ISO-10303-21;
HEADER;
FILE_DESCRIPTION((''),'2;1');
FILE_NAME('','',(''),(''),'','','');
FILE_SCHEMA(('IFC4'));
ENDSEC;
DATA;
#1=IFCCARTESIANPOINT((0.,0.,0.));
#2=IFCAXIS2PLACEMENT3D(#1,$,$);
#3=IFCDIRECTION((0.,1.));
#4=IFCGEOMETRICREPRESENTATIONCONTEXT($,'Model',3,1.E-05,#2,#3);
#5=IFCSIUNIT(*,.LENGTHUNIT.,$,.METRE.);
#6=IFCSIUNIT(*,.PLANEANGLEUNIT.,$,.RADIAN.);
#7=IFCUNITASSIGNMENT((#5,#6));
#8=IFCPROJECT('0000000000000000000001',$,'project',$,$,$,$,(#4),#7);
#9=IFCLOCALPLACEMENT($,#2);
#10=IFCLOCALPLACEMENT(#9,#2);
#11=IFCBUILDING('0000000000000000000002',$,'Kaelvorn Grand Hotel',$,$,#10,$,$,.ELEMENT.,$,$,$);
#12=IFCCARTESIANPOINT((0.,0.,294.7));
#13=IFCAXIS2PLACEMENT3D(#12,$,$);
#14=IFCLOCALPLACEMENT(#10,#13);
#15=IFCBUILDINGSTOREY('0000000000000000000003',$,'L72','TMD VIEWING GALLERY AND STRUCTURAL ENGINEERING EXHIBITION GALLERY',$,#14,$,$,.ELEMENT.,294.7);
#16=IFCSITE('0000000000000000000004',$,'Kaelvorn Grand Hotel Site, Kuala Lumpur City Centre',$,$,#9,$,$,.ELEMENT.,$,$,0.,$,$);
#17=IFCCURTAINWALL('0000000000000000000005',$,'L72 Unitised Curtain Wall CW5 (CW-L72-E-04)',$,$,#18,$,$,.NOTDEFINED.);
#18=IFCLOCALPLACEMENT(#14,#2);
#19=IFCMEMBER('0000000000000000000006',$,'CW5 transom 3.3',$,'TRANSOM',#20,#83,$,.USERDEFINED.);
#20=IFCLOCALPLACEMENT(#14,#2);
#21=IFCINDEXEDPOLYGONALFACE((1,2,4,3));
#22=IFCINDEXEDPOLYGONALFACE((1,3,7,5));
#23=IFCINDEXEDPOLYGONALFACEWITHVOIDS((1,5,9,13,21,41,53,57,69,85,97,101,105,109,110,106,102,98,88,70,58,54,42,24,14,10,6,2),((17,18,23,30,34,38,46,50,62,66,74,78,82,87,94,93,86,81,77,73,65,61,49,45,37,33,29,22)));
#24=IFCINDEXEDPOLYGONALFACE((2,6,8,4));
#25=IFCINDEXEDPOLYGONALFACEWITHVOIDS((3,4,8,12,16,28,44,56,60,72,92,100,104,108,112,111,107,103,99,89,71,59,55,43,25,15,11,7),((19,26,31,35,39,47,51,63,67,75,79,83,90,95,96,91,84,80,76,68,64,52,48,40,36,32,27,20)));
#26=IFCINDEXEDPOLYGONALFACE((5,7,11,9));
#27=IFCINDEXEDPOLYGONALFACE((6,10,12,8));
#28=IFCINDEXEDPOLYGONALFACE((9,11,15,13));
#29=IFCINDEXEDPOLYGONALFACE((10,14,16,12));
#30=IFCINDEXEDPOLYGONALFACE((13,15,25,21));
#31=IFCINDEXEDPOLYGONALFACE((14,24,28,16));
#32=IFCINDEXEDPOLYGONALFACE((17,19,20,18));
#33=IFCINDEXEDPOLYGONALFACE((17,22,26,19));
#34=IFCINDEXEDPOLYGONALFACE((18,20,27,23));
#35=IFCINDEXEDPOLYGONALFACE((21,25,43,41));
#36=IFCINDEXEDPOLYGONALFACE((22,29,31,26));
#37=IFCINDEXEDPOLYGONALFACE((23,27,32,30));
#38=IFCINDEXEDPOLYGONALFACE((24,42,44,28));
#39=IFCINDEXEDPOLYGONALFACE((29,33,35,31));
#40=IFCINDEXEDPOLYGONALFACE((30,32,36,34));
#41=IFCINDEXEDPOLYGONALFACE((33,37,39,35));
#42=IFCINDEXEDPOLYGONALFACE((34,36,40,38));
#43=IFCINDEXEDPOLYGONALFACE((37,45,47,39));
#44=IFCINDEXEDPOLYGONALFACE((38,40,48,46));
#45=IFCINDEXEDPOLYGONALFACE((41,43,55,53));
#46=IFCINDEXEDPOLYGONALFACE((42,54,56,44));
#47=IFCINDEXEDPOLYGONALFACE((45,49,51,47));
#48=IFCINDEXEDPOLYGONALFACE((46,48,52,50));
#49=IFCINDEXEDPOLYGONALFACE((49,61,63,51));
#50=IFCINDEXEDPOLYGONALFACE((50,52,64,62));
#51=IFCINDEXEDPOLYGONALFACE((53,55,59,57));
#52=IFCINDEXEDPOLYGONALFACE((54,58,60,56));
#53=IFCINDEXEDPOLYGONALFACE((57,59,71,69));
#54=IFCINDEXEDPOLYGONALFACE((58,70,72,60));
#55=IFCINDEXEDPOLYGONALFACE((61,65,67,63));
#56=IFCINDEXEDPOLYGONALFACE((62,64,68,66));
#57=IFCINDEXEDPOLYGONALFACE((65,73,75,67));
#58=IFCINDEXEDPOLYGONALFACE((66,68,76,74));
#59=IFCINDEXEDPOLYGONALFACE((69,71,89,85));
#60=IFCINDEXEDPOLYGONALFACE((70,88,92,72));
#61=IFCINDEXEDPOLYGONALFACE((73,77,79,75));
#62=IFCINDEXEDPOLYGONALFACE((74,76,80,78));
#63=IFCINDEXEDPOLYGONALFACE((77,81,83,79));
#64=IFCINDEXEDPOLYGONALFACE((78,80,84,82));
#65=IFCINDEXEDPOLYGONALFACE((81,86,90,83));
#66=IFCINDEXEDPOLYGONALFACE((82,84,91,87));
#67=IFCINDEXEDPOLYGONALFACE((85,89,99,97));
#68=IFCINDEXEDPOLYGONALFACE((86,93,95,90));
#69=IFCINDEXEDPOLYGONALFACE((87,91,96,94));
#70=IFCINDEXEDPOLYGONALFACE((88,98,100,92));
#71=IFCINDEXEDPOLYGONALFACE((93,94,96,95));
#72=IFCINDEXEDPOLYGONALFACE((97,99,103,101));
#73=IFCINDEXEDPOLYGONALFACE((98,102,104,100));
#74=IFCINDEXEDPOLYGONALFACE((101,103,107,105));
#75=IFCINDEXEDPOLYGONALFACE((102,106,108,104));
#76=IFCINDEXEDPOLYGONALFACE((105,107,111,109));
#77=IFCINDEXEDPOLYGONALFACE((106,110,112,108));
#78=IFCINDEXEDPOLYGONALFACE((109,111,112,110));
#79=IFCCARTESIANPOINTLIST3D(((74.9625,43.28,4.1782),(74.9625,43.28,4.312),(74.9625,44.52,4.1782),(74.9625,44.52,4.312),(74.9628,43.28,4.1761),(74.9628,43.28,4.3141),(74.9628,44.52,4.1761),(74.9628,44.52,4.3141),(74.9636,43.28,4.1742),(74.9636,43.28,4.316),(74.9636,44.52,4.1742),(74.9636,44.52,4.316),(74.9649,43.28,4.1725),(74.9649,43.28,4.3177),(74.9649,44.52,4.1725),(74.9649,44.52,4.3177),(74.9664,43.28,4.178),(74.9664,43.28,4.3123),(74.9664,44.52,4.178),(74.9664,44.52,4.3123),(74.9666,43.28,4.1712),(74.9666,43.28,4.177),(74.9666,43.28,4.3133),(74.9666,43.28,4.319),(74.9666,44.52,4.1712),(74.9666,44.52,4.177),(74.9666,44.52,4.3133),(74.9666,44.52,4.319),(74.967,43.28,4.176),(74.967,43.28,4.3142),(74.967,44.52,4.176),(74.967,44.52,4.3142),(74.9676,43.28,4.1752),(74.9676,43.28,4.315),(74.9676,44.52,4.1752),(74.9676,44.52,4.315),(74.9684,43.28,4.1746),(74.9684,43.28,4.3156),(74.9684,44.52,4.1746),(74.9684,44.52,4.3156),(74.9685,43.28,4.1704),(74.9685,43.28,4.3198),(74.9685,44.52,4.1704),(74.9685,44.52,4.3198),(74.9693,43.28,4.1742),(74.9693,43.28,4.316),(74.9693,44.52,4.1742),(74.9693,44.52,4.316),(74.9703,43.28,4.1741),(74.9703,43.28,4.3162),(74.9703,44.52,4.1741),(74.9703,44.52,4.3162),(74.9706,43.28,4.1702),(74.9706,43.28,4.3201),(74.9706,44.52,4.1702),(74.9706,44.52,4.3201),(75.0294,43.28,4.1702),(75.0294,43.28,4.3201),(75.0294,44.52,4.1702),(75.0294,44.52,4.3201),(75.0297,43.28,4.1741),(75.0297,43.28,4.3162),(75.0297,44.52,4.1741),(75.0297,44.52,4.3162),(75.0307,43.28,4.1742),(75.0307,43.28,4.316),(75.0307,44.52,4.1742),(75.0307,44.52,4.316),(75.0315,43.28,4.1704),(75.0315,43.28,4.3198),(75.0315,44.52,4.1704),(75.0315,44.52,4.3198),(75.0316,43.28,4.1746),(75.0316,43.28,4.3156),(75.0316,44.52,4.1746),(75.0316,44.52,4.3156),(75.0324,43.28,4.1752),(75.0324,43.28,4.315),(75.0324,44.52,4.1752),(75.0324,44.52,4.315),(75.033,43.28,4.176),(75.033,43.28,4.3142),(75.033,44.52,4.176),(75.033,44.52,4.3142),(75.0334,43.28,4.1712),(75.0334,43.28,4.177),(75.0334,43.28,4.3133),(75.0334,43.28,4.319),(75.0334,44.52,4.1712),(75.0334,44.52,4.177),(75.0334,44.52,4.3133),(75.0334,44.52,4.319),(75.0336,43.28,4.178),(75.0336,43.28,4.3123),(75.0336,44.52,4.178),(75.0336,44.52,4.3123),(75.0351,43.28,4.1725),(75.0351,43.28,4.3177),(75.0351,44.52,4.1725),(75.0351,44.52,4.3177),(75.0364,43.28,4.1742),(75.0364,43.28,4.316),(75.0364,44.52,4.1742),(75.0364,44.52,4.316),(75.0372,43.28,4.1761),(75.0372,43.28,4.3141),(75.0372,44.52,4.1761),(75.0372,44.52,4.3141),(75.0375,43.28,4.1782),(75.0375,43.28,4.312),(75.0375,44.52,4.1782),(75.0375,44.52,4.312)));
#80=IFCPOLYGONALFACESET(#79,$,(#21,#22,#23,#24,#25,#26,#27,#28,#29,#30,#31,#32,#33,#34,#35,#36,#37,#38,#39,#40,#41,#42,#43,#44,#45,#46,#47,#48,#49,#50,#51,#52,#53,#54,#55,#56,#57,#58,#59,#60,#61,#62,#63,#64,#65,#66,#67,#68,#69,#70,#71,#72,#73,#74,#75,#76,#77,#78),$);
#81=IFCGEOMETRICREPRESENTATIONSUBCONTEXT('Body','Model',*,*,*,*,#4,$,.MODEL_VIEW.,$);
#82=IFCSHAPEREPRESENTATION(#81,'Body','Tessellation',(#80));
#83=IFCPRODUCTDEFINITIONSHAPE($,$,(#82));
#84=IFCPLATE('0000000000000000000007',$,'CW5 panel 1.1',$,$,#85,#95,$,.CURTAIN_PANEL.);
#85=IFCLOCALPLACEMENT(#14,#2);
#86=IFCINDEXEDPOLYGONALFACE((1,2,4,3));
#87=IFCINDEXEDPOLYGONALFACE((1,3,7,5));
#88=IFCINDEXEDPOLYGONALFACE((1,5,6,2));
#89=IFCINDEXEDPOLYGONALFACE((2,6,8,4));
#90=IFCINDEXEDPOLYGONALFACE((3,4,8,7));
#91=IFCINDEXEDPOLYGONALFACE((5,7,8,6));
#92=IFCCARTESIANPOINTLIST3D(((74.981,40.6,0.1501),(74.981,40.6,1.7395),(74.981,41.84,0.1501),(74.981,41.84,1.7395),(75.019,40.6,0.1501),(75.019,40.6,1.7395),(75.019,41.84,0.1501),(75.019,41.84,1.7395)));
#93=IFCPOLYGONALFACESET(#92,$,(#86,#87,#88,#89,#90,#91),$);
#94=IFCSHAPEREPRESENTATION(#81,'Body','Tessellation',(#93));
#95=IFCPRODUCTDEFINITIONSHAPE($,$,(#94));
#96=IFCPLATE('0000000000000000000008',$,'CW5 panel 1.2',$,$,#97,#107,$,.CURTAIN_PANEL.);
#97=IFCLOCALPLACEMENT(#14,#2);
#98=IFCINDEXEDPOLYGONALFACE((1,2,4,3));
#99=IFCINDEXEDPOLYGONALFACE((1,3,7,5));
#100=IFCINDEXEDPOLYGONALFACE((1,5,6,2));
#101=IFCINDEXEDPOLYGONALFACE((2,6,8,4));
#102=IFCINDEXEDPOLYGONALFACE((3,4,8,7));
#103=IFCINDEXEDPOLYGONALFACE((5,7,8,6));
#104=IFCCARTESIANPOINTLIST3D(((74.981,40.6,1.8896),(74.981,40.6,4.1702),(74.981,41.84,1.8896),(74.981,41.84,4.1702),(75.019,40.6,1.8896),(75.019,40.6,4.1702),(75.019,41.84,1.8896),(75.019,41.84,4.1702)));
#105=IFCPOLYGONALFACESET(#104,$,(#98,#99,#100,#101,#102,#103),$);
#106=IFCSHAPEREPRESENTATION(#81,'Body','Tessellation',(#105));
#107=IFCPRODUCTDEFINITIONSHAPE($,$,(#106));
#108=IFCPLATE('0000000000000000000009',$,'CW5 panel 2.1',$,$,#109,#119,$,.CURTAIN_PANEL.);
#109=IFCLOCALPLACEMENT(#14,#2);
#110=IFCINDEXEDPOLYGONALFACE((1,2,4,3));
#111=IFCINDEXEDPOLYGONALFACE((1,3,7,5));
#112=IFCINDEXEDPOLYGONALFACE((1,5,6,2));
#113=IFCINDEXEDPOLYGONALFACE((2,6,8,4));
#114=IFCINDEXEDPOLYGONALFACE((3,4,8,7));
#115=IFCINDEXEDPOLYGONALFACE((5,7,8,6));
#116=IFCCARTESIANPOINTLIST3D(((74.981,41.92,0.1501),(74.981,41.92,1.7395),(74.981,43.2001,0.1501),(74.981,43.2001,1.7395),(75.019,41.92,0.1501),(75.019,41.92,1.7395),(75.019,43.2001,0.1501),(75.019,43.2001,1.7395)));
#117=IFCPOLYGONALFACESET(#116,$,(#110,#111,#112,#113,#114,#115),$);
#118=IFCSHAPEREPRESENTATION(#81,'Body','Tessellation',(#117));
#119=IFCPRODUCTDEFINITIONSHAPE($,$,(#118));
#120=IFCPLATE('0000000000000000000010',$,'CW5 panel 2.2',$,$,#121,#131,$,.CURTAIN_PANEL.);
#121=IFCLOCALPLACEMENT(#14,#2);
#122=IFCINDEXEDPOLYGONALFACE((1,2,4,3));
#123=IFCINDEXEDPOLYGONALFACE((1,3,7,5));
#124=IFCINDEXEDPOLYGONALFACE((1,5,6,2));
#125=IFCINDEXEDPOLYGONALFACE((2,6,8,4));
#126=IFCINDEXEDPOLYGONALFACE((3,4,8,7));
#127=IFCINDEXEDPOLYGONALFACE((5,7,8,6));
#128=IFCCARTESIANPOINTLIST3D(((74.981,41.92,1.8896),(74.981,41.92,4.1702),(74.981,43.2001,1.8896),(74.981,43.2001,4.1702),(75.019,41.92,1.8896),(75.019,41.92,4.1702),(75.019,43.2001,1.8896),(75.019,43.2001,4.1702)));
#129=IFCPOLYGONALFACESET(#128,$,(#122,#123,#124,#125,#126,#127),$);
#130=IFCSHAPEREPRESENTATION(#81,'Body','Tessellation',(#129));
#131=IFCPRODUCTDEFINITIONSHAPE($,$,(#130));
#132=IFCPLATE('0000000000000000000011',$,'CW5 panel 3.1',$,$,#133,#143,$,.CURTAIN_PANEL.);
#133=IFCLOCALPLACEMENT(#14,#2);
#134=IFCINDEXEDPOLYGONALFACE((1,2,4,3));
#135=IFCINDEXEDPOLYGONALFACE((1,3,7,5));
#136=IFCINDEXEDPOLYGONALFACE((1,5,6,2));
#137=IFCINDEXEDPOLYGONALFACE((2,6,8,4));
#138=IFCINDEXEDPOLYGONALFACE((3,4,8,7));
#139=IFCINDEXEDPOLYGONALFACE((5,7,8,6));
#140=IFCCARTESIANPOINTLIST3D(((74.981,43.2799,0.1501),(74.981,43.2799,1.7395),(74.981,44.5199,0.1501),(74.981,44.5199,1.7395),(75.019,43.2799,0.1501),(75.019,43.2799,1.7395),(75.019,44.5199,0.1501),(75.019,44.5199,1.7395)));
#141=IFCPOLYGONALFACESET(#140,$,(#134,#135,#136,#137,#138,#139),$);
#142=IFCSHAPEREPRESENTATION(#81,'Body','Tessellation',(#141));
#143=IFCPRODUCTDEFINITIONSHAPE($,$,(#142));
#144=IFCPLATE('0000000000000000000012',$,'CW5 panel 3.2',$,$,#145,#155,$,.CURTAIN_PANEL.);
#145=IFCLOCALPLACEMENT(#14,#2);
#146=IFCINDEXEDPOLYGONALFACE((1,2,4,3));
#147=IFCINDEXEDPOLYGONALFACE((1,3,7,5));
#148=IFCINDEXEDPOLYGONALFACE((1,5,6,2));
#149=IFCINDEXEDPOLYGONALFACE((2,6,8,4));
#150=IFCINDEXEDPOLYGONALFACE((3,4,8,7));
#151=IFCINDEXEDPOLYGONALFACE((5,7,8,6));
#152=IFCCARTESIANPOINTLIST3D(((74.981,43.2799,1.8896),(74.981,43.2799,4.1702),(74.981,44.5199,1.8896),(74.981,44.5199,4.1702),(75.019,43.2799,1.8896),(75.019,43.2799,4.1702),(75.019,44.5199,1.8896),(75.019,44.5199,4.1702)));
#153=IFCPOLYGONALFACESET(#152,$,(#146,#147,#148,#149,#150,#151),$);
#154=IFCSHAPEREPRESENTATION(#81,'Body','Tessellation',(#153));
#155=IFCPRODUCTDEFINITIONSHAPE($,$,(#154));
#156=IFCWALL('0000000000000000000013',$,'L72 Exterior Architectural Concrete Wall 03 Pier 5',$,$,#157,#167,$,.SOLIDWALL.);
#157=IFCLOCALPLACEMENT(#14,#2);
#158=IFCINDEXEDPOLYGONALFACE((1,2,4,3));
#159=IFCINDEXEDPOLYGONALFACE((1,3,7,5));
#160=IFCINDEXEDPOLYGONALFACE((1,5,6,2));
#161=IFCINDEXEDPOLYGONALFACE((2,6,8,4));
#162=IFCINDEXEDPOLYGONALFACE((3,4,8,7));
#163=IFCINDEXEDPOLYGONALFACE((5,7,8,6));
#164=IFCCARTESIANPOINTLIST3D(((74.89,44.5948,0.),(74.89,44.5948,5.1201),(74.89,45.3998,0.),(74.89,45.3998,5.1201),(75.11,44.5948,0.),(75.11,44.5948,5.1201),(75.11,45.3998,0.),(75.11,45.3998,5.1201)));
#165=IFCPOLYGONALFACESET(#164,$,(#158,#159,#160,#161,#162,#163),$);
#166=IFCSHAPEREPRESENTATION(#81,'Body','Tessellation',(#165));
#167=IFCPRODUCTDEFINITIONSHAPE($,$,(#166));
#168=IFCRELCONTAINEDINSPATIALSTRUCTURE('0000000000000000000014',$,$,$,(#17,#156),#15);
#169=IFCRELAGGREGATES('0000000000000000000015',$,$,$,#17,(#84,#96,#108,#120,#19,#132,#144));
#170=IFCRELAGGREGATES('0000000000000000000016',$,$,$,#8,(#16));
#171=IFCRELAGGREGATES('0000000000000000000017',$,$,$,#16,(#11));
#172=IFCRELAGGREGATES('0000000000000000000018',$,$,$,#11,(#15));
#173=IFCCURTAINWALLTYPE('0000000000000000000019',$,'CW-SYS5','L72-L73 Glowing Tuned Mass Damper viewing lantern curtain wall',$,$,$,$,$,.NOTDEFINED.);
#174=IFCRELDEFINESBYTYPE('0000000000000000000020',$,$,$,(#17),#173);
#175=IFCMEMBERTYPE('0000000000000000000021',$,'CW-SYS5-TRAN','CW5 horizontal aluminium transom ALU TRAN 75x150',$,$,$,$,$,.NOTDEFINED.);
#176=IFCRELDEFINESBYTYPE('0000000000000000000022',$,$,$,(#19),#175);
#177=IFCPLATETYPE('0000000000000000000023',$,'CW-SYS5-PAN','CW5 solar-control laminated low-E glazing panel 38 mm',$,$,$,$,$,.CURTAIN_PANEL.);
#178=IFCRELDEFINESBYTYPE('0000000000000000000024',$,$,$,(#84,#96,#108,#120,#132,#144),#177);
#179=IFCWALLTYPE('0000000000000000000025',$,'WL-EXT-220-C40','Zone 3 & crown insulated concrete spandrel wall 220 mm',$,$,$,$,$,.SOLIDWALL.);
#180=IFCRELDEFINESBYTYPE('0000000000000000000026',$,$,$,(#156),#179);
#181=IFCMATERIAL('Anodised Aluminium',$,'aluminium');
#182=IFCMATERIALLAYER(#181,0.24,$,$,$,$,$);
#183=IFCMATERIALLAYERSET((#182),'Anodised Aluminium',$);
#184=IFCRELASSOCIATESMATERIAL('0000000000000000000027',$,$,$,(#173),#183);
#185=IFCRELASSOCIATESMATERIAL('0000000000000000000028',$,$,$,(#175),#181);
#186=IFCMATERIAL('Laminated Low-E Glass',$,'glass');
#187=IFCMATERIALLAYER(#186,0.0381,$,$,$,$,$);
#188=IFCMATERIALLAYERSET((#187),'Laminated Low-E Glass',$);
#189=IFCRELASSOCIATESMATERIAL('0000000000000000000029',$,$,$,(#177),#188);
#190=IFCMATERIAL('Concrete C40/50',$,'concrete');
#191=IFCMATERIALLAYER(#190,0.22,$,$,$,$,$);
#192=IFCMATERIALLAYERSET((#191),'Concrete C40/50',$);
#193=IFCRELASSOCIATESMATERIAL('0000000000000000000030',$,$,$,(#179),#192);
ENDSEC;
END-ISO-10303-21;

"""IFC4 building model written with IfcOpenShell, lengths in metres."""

from ifc_helpers import new_model, si_unit, direction, frame, frame_2d, origin, origin_2d, place, context, subcontext, project, spatial, rectangle, hollow_rectangle, extrude, material, layer, layer_set, material_profile, profile_set, type_object, element, aggregate, save


model = new_model("IFC4")

# Units and contexts
model_context = context("Model", 3, precision=1e-05, world=origin(), true_north=direction((0.0, 1.0)))
body_context = subcontext(model_context, "Body", "Model", "MODEL_VIEW")
ifc_project = project(units=[si_unit("LENGTHUNIT", "METRE"), si_unit("PLANEANGLEUNIT", "RADIAN")], contexts=[model_context])

# Site, building, storey
site_placement = place(None, origin())
site = spatial("IfcSite", under=ifc_project, at=site_placement, Name="Kaelvorn Grand Hotel Site, Kuala Lumpur City Centre", CompositionType="ELEMENT", RefElevation=0.0)
building_placement = place(site_placement, origin())
building = spatial("IfcBuilding", under=site, at=building_placement, Name="Kaelvorn Grand Hotel", CompositionType="ELEMENT")
storey_placement = place(building_placement, frame((0.0, 0.0, 294.7)))
storey = spatial("IfcBuildingStorey", under=building, at=storey_placement, Name="L72", Description="TMD VIEWING GALLERY AND STRUCTURAL ENGINEERING EXHIBITION GALLERY", CompositionType="ELEMENT", Elevation=294.7)

# Curtain wall, member, plates
ifc_material_1 = material(Name="Anodised Aluminium", Category="aluminium")
ifc_layer_1 = layer(ifc_material_1, 0.24)
ifc_layer_set_1 = layer_set([ifc_layer_1], Name="Anodised Aluminium")
curtain_wall_type = type_object("IfcCurtainWallType", Name="CW-SYS5", Description="L72-L73 Glowing Tuned Mass Damper viewing lantern curtain wall", PredefinedType="NOTDEFINED", material=ifc_layer_set_1)
curtain_wall_placement = place(storey_placement, origin())
curtain_wall = element("IfcCurtainWall", 1, at=curtain_wall_placement, inside=storey, type_object=curtain_wall_type, Name="L72 Unitised Curtain Wall CW5 (CW-L72-E-04)", PredefinedType="NOTDEFINED")
ifc_material_profile_1 = material_profile(ifc_material_1, hollow_rectangle(XDim=0.075, YDim=0.1499, WallThickness=0.0039, InnerFilletRadius=0.0039, OuterFilletRadius=0.0081, at=origin_2d()), Name="ALU TRAN 75x150")
ifc_profile_set_1 = profile_set([ifc_material_profile_1], Name="Anodised Aluminium")
member_type_1 = type_object("IfcMemberType", Name="CW-SYS5-TRAN", Description="CW5 horizontal aluminium transom ALU TRAN 75x150", PredefinedType="NOTDEFINED", material=ifc_profile_set_1)
member_1_placement = place(storey_placement, frame((75.0, 43.28, 4.2451), z_axis=(0.0, 1.0, 0.0), x_axis=(-1.0, 0.0, 0.0)))
member_1 = element("IfcMember", 2, at=member_1_placement, type_object=member_type_1, Name="CW5 transom 3.3", ObjectType="TRANSOM", PredefinedType="USERDEFINED", context=body_context, shape_type="SweptSolid", body=[
    extrude(hollow_rectangle(XDim=0.075, YDim=0.1499, WallThickness=0.0039, InnerFilletRadius=0.0039, OuterFilletRadius=0.0081, at=origin_2d()), origin(), (0.0, 0.0, 1.0), 1.24),
])
ifc_material_2 = material(Name="Laminated Low-E Glass", Category="glass")
ifc_layer_2 = layer(ifc_material_2, 0.0381)
ifc_layer_set_2 = layer_set([ifc_layer_2], Name="Laminated Low-E Glass")
plate_type = type_object("IfcPlateType", Name="CW-SYS5-PAN", Description="CW5 solar-control laminated low-E glazing panel 38 mm", PredefinedType="CURTAIN_PANEL", material=ifc_layer_set_2)
plate_1_placement = place(storey_placement, frame((75.0, 41.22, 0.1501), z_axis=(0.0, 0.0, 1.0), x_axis=(0.0, 1.0, 0.0)))
plate_1 = element("IfcPlate", 3, at=plate_1_placement, type_object=plate_type, Name="CW5 panel 1.1", PredefinedType="CURTAIN_PANEL", context=body_context, shape_type="SweptSolid", body=[
    extrude(rectangle(XDim=1.24, YDim=0.0381, at=origin_2d()), origin(), (0.0, 0.0, 1.0), 1.5894),
])
plate_2_placement = place(storey_placement, frame((75.0, 41.22, 1.8896), z_axis=(0.0, 0.0, 1.0), x_axis=(0.0, 1.0, 0.0)))
plate_2 = element("IfcPlate", 4, at=plate_2_placement, type_object=plate_type, Name="CW5 panel 1.2", PredefinedType="CURTAIN_PANEL", context=body_context, shape_type="SweptSolid", body=[
    extrude(rectangle(XDim=1.24, YDim=0.0381, at=origin_2d()), origin(), (0.0, 0.0, 1.0), 2.2805),
])
plate_3_placement = place(storey_placement, frame((75.0, 42.5601, 0.1501), z_axis=(0.0, 0.0, 1.0), x_axis=(0.0, 1.0, 0.0)))
plate_3 = element("IfcPlate", 5, at=plate_3_placement, type_object=plate_type, Name="CW5 panel 2.1", PredefinedType="CURTAIN_PANEL", context=body_context, shape_type="SweptSolid", body=[
    extrude(rectangle(XDim=1.28, YDim=0.0381, at=origin_2d()), origin(), (0.0, 0.0, 1.0), 1.5894),
])
plate_4_placement = place(storey_placement, frame((75.0, 42.5601, 1.8896), z_axis=(0.0, 0.0, 1.0), x_axis=(0.0, 1.0, 0.0)))
plate_4 = element("IfcPlate", 6, at=plate_4_placement, type_object=plate_type, Name="CW5 panel 2.2", PredefinedType="CURTAIN_PANEL", context=body_context, shape_type="SweptSolid", body=[
    extrude(rectangle(XDim=1.28, YDim=0.0381, at=origin_2d()), origin(), (0.0, 0.0, 1.0), 2.2805),
])
plate_5_placement = place(storey_placement, frame((75.0, 43.8999, 0.1501), z_axis=(0.0, 0.0, 1.0), x_axis=(0.0, 1.0, 0.0)))
plate_5 = element("IfcPlate", 7, at=plate_5_placement, type_object=plate_type, Name="CW5 panel 3.1", PredefinedType="CURTAIN_PANEL", context=body_context, shape_type="SweptSolid", body=[
    extrude(rectangle(XDim=1.24, YDim=0.0381, at=origin_2d()), origin(), (0.0, 0.0, 1.0), 1.5894),
])
plate_6_placement = place(storey_placement, frame((75.0, 43.8999, 1.8896), z_axis=(0.0, 0.0, 1.0), x_axis=(0.0, 1.0, 0.0)))
plate_6 = element("IfcPlate", 8, at=plate_6_placement, type_object=plate_type, Name="CW5 panel 3.2", PredefinedType="CURTAIN_PANEL", context=body_context, shape_type="SweptSolid", body=[
    extrude(rectangle(XDim=1.24, YDim=0.0381, at=origin_2d()), origin(), (0.0, 0.0, 1.0), 2.2805),
])
aggregate(curtain_wall, [plate_1, plate_2, plate_3, plate_4, member_1, plate_5, plate_6])

# Wall
ifc_material_3 = material(Name="Concrete C40/50", Category="concrete")
ifc_layer_3 = layer(ifc_material_3, 0.22)
ifc_layer_set_3 = layer_set([ifc_layer_3], Name="Concrete C40/50")
wall_type = type_object("IfcWallType", Name="WL-EXT-220-C40", Description="Zone 3 & crown insulated concrete spandrel wall 220 mm", PredefinedType="SOLIDWALL", material=ifc_layer_set_3)
wall_1_placement = place(storey_placement, frame((75.0, 44.595, 0.0), z_axis=(0.0, 0.0, 1.0), x_axis=(0.0, 1.0, 0.0)))
element("IfcWall", 9, at=wall_1_placement, inside=storey, type_object=wall_type, Name="L72 Exterior Architectural Concrete Wall 03 Pier 5", PredefinedType="SOLIDWALL", context=body_context, shape_type="SweptSolid", body=[
    extrude(rectangle(XDim=0.8049, YDim=0.22, at=frame_2d((0.4023, 0.0))), origin(), (0.0, 0.0, 1.0), 5.1201),
])

save(model, "model.ifc")
